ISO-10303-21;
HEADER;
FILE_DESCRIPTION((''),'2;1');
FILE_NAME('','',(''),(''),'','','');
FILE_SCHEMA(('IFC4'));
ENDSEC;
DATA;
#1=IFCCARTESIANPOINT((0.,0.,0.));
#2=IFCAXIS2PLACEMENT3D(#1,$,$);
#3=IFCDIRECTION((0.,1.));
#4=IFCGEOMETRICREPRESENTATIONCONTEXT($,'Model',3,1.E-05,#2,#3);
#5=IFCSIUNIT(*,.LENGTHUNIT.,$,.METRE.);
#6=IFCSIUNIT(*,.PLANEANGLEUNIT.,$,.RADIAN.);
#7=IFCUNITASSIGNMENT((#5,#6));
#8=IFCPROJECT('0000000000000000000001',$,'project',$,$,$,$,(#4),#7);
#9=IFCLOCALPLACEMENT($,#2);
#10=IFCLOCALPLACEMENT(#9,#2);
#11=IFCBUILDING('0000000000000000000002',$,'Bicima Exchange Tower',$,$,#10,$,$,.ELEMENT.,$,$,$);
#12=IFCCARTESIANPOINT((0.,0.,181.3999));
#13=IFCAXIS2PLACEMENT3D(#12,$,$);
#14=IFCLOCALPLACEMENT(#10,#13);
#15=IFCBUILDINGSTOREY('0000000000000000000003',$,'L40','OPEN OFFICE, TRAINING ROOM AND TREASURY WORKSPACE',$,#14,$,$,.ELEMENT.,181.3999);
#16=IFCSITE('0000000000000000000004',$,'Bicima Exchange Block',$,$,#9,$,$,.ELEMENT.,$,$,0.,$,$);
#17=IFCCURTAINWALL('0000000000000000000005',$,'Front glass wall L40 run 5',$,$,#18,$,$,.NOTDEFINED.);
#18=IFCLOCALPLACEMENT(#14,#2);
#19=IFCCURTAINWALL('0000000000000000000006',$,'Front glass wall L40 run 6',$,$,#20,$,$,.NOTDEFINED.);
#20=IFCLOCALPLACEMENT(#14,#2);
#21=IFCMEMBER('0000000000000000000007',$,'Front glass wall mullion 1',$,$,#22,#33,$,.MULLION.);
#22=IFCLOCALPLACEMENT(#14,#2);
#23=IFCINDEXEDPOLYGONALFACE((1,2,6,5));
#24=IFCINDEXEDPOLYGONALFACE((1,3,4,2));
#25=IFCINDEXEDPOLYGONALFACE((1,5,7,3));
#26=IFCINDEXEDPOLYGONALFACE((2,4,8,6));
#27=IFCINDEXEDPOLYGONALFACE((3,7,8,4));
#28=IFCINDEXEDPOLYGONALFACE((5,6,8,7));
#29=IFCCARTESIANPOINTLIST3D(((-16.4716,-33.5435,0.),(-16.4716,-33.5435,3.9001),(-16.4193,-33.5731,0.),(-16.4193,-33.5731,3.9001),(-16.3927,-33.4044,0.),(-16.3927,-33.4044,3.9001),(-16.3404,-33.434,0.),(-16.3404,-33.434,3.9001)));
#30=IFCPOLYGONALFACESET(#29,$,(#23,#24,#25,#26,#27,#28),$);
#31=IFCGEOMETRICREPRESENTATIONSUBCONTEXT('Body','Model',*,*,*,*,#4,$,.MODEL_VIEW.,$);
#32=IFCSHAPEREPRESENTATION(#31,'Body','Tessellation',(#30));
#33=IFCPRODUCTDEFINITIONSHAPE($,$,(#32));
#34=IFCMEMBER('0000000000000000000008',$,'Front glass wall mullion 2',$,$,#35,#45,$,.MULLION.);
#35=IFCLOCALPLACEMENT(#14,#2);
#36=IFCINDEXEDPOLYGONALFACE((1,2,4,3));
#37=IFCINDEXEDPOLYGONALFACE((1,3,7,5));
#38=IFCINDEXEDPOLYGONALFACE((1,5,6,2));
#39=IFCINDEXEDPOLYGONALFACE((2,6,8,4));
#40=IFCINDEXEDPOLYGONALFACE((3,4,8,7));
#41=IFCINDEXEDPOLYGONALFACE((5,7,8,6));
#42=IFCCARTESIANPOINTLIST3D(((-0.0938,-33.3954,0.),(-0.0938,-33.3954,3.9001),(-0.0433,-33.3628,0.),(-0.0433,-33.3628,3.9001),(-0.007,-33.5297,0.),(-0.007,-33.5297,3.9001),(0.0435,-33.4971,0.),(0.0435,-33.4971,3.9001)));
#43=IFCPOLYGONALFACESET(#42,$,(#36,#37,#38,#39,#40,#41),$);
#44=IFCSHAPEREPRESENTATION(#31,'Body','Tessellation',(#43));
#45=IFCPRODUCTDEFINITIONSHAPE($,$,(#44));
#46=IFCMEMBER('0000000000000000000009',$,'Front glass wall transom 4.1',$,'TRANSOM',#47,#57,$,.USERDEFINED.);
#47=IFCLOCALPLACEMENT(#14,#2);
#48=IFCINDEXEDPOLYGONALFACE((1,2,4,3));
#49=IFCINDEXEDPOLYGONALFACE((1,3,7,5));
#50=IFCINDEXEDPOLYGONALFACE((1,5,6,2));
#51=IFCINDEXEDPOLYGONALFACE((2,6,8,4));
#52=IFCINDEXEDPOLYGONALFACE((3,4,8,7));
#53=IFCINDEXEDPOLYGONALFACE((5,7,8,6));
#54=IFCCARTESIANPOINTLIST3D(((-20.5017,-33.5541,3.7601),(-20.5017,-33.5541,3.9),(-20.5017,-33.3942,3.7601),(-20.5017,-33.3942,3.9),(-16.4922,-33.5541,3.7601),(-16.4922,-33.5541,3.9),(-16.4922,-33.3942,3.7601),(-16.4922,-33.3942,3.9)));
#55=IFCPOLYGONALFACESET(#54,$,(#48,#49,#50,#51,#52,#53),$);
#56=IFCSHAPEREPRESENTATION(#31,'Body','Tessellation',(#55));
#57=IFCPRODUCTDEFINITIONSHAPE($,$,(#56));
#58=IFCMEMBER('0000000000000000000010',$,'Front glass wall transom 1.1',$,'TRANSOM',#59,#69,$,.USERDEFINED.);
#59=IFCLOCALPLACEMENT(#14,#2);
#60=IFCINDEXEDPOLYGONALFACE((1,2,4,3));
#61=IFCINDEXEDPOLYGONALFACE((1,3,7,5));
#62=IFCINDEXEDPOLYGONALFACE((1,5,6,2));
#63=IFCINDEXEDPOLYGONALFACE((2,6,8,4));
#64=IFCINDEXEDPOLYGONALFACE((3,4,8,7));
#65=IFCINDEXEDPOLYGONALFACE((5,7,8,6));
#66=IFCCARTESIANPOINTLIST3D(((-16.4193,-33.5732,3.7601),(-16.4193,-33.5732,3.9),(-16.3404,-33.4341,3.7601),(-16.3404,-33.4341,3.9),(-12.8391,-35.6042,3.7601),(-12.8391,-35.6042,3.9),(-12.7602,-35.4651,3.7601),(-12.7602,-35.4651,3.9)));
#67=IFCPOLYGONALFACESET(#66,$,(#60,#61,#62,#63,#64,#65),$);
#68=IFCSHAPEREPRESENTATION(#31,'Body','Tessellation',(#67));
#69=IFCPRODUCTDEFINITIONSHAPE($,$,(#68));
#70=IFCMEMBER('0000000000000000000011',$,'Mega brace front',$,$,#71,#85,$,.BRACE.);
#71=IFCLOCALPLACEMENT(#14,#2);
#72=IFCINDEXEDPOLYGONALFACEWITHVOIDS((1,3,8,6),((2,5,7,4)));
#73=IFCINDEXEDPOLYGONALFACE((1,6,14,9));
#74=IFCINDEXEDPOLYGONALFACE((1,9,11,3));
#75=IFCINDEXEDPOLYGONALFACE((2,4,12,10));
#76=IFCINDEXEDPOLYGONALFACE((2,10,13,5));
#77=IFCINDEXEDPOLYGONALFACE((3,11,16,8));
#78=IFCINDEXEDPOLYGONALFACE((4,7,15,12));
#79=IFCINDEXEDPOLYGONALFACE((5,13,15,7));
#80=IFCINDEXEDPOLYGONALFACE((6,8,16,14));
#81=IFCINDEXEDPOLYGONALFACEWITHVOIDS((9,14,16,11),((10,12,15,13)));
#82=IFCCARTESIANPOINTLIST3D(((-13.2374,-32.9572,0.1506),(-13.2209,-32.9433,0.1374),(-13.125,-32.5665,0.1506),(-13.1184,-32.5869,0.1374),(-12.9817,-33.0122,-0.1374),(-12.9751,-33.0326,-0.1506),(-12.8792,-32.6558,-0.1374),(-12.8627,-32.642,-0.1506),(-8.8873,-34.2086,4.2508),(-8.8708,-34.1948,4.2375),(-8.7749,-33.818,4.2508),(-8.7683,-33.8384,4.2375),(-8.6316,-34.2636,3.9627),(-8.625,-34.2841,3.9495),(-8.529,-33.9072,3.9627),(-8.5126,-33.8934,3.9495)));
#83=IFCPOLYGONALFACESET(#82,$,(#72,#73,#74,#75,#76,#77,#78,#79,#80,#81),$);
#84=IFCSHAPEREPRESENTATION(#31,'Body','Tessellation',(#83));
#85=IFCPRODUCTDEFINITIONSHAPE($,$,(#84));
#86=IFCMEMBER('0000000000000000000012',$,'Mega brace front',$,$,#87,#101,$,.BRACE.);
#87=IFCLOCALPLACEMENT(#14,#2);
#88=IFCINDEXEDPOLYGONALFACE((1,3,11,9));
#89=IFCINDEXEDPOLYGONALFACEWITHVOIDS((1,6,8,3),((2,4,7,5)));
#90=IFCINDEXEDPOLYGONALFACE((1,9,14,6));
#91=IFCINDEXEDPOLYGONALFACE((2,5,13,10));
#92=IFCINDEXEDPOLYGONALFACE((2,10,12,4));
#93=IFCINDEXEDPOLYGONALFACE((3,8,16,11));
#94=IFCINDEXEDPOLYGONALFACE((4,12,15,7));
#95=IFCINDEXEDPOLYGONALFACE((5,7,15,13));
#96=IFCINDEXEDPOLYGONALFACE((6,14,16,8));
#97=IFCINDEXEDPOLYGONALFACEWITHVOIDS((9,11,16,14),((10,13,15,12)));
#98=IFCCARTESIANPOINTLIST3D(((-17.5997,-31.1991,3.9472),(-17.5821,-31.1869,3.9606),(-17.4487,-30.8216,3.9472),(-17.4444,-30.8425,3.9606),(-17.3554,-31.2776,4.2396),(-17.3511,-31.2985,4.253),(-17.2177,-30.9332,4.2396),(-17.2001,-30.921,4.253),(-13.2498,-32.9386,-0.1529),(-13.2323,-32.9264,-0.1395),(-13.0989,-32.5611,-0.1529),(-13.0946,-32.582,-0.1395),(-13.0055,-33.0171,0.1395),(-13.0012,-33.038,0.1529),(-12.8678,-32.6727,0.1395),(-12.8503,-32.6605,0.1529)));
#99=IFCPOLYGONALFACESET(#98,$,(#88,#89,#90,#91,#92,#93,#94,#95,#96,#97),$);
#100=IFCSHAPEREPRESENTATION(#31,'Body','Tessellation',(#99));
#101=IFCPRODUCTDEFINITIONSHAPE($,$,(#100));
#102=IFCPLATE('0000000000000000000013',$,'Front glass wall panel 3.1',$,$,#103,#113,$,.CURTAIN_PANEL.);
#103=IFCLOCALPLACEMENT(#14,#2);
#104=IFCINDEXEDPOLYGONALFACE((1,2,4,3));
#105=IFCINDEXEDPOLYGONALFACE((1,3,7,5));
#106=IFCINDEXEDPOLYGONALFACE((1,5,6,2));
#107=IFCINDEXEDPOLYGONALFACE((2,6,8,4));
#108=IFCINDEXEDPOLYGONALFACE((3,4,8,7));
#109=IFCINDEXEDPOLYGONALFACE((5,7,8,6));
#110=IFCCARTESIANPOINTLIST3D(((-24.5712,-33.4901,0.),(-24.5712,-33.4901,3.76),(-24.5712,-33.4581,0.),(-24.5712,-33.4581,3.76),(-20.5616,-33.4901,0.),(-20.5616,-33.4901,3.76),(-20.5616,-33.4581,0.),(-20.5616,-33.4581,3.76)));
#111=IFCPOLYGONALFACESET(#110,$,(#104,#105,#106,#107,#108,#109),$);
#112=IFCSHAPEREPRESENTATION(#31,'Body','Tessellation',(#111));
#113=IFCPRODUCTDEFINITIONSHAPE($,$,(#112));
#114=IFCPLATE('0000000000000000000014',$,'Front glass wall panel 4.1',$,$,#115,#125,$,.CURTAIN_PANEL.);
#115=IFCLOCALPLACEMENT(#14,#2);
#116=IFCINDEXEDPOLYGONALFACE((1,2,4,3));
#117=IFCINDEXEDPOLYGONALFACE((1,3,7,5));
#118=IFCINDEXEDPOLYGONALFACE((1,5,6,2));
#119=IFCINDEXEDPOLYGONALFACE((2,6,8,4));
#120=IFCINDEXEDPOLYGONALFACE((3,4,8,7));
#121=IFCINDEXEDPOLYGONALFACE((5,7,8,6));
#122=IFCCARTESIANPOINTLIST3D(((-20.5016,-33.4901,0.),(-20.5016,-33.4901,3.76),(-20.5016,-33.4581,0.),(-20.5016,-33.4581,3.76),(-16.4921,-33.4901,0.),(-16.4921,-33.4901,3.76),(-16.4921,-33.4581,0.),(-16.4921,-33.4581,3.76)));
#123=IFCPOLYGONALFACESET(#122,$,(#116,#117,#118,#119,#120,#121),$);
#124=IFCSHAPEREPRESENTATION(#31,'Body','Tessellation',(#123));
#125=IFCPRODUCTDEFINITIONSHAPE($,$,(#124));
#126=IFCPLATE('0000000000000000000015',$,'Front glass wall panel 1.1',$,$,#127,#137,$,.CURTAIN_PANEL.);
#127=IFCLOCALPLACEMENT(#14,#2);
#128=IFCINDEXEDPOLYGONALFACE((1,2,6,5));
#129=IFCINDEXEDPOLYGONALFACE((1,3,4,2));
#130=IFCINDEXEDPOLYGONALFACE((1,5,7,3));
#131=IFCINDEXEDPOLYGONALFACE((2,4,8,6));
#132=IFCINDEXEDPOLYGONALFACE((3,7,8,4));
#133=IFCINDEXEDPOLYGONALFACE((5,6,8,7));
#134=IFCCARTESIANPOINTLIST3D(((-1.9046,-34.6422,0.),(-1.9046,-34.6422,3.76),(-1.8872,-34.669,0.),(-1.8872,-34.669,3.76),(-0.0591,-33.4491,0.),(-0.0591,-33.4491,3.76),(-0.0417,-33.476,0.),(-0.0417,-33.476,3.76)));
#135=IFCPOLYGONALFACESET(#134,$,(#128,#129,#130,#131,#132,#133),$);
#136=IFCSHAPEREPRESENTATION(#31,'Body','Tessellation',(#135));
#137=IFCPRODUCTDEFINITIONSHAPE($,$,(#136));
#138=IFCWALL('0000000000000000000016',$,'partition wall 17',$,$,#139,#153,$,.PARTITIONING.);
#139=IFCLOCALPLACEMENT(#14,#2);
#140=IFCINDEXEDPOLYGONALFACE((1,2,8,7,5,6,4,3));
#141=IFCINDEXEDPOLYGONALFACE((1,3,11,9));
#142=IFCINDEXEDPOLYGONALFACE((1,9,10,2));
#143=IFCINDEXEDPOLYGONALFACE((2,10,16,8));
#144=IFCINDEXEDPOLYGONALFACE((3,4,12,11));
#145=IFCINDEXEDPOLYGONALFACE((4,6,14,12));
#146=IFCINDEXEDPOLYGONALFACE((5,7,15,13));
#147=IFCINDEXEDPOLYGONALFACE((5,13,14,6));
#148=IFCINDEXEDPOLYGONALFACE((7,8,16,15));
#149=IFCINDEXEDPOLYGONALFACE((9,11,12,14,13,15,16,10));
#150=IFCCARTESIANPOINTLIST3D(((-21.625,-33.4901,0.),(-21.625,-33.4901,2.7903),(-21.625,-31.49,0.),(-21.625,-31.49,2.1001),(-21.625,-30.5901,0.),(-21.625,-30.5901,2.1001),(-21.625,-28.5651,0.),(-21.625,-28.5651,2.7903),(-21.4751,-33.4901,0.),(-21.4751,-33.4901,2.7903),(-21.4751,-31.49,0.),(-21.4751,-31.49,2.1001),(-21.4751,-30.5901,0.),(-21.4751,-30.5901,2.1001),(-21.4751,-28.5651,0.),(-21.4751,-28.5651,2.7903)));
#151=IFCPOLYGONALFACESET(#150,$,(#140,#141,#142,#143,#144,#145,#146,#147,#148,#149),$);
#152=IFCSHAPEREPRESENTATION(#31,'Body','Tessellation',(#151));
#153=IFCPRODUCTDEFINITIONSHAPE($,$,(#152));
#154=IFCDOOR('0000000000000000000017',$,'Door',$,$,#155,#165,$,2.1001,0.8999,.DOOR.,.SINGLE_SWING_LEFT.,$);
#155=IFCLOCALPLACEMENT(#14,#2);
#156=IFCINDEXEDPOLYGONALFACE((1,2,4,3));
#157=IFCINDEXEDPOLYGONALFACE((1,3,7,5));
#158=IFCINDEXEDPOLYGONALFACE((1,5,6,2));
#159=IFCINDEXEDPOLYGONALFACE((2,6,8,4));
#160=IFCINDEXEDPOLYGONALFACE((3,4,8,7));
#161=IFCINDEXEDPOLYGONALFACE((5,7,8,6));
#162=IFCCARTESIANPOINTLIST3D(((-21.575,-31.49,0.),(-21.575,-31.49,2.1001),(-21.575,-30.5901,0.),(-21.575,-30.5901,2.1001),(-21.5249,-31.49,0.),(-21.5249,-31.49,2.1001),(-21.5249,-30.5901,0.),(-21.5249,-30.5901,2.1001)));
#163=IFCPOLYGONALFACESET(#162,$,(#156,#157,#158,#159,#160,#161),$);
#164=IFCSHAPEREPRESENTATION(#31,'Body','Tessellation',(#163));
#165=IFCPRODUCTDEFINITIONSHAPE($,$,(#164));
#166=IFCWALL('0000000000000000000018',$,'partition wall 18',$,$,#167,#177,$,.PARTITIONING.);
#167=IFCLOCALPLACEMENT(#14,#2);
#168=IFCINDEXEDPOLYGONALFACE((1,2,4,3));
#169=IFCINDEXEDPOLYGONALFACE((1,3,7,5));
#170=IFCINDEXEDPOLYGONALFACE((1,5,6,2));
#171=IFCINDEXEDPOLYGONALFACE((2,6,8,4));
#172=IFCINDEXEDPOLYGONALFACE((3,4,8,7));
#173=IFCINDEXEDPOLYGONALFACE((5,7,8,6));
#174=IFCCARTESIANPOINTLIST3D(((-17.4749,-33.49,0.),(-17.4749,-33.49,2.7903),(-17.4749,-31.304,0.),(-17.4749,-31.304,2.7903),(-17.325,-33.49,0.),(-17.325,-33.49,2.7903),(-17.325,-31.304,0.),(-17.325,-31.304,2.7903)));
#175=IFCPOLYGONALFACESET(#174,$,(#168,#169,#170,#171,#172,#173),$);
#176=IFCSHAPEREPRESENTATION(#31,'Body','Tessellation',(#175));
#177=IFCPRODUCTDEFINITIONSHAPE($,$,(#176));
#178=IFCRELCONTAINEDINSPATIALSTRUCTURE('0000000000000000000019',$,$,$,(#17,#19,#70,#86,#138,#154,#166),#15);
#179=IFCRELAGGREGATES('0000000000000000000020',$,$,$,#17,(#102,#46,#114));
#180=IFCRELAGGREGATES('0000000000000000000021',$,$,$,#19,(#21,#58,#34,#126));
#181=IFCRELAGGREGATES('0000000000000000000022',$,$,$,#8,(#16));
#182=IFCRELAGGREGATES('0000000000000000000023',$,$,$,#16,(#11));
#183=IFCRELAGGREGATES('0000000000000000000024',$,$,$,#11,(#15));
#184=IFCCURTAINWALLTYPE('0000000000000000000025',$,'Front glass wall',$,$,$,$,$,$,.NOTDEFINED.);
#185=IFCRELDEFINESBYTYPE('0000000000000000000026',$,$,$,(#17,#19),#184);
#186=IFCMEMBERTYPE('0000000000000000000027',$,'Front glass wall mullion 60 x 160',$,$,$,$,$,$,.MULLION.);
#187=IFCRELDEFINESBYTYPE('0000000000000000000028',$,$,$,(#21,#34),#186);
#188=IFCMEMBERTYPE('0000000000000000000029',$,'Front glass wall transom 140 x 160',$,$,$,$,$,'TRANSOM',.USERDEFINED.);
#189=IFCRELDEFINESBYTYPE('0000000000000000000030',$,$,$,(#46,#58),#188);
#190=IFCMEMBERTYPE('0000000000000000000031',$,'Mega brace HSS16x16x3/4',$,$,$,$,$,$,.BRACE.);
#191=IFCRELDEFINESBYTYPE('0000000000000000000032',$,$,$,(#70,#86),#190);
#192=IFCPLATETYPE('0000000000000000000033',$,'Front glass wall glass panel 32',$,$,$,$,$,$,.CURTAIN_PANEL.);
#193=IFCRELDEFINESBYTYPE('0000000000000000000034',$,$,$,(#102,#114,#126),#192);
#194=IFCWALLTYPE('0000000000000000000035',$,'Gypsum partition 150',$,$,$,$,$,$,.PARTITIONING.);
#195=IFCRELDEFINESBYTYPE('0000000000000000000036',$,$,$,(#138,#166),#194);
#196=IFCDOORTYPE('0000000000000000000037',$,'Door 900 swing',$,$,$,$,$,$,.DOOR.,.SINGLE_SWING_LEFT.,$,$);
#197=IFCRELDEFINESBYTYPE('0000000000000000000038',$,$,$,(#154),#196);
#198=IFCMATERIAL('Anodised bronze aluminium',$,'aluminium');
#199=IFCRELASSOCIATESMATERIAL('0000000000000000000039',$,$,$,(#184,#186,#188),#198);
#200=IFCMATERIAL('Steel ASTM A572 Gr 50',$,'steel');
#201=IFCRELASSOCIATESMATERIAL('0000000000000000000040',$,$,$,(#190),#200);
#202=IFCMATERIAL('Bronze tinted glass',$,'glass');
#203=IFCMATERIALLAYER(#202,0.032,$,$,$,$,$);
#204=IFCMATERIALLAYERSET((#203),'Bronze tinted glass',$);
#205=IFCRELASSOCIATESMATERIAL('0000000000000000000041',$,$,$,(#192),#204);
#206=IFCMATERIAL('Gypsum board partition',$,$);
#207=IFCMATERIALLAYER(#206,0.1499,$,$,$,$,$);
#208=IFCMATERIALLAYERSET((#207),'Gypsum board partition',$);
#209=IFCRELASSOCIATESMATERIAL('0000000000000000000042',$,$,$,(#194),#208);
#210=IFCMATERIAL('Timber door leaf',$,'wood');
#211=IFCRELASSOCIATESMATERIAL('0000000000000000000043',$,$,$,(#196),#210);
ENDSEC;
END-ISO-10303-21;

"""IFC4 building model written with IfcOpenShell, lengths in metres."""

from ifc_helpers import new_model, si_unit, direction, frame, frame_2d, origin, origin_2d, place, context, subcontext, project, spatial, rectangle, hollow_rectangle, extrude, material, layer, layer_set, material_profile, profile_set, type_object, element, fill, aggregate, save


model = new_model("IFC4")

# Units and contexts
model_context = context("Model", 3, precision=1e-05, world=origin(), true_north=direction((0.0, 1.0)))
body_context = subcontext(model_context, "Body", "Model", "MODEL_VIEW")
ifc_project = project(units=[si_unit("LENGTHUNIT", "METRE"), si_unit("PLANEANGLEUNIT", "RADIAN")], contexts=[model_context])

# Site, building, storey
site_placement = place(None, origin())
site = spatial("IfcSite", under=ifc_project, at=site_placement, Name="Bicima Exchange Block", CompositionType="ELEMENT", RefElevation=0.0)
building_placement = place(site_placement, origin())
building = spatial("IfcBuilding", under=site, at=building_placement, Name="Bicima Exchange Tower", CompositionType="ELEMENT")
storey_placement = place(building_placement, frame((0.0, 0.0, 181.3999)))
storey = spatial("IfcBuildingStorey", under=building, at=storey_placement, Name="L40", Description="OPEN OFFICE, TRAINING ROOM AND TREASURY WORKSPACE", CompositionType="ELEMENT", Elevation=181.3999)

# Curtain walls, members
ifc_material_1 = material(Name="Anodised bronze aluminium", Category="aluminium")
curtain_wall_type = type_object("IfcCurtainWallType", Name="Front glass wall", PredefinedType="NOTDEFINED", material=ifc_material_1)
curtain_wall_1_placement = place(storey_placement, origin())
curtain_wall_1 = element("IfcCurtainWall", 1, at=curtain_wall_1_placement, inside=storey, type_object=curtain_wall_type, Name="Front glass wall L40 run 5", PredefinedType="NOTDEFINED")
ifc_material_profile_1 = material_profile(ifc_material_1, rectangle(XDim=0.1599, YDim=0.0601, at=origin_2d()))
ifc_profile_set_1 = profile_set([ifc_material_profile_1], Name="Anodised bronze aluminium")
member_type_1 = type_object("IfcMemberType", Name="Front glass wall mullion 60 x 160", PredefinedType="MULLION", material=ifc_profile_set_1)
curtain_wall_2_placement = place(storey_placement, origin())
curtain_wall_2 = element("IfcCurtainWall", 2, at=curtain_wall_2_placement, inside=storey, type_object=curtain_wall_type, Name="Front glass wall L40 run 6", PredefinedType="NOTDEFINED")
member_1_placement = place(storey_placement, frame((-16.406, -33.4888, 0.0), z_axis=(0.0, 0.0, 1.0), x_axis=(0.493395, 0.869805, 0.0)))
member_1 = element("IfcMember", 3, at=member_1_placement, type_object=member_type_1, Name="Front glass wall mullion 1", PredefinedType="MULLION", context=body_context, shape_type="SweptSolid", body=[
    extrude(rectangle(XDim=0.1599, YDim=0.0601, at=origin_2d()), origin(), (0.0, 0.0, 1.0), 3.9001),
])
member_2_placement = place(storey_placement, frame((-0.0251, -33.4463, 0.0), z_axis=(0.0, 0.0, 1.0), x_axis=(-0.542897, 0.839799, 0.0)))
member_2 = element("IfcMember", 4, at=member_2_placement, type_object=member_type_1, Name="Front glass wall mullion 2", PredefinedType="MULLION", context=body_context, shape_type="SweptSolid", body=[
    extrude(rectangle(XDim=0.1599, YDim=0.0601, at=origin_2d()), origin(), (0.0, 0.0, 1.0), 3.9001),
])

# Members
ifc_material_profile_2 = material_profile(ifc_material_1, rectangle(XDim=0.1599, YDim=0.1399, at=origin_2d()))
ifc_profile_set_2 = profile_set([ifc_material_profile_2], Name="Anodised bronze aluminium")
member_type_2 = type_object("IfcMemberType", Name="Front glass wall transom 140 x 160", ElementType="TRANSOM", PredefinedType="USERDEFINED", material=ifc_profile_set_2)
member_3_placement = place(storey_placement, frame((-20.5017, -33.4741, 3.8301), z_axis=(1.0, 0.0, 0.0), x_axis=(0.0, 1.0, 0.0)))
member_3 = element("IfcMember", 5, at=member_3_placement, type_object=member_type_2, Name="Front glass wall transom 4.1", ObjectType="TRANSOM", PredefinedType="USERDEFINED", context=body_context, shape_type="SweptSolid", body=[
    extrude(rectangle(XDim=0.1599, YDim=0.1399, at=origin_2d()), origin(), (0.0, 0.0, 1.0), 4.0095),
])
member_4_placement = place(storey_placement, frame((-16.3799, -33.5037, 3.8301), z_axis=(0.869797, -0.493409, 0.0), x_axis=(0.493409, 0.869797, 0.0)))
member_4 = element("IfcMember", 6, at=member_4_placement, type_object=member_type_2, Name="Front glass wall transom 1.1", ObjectType="TRANSOM", PredefinedType="USERDEFINED", context=body_context, shape_type="SweptSolid", body=[
    extrude(rectangle(XDim=0.1599, YDim=0.1399, at=origin_2d()), origin(), (0.0, 0.0, 1.0), 4.1162),
])

# Members
ifc_material_2 = material(Name="Steel ASTM A572 Gr 50", Category="steel")
ifc_material_profile_3 = material_profile(ifc_material_2, hollow_rectangle(XDim=0.4065, YDim=0.4065, WallThickness=0.0178, at=origin_2d()))
ifc_profile_set_3 = profile_set([ifc_material_profile_3], Name="Steel ASTM A572 Gr 50")
member_type_3 = type_object("IfcMemberType", Name="Mega brace HSS16x16x3/4", PredefinedType="BRACE", material=ifc_profile_set_3)
member_5_placement = place(storey_placement, frame((-13.05, -32.7996, 0.0), z_axis=(0.712267, -0.20491, 0.671333), x_axis=(0.276473, 0.961022, 0.0)))
element("IfcMember", 7, at=member_5_placement, inside=storey, type_object=member_type_3, Name="Mega brace front", PredefinedType="BRACE", context=body_context, shape_type="SweptSolid", body=[
    extrude(hollow_rectangle(XDim=0.4065, YDim=0.4065, WallThickness=0.0178, at=origin_2d()), origin(), (0.0, 0.0, 1.0), 6.1074),
])
member_6_placement = place(storey_placement, frame((-13.05, -32.7996, 0.0), z_axis=(-0.698706, 0.279412, 0.658588), x_axis=(-0.37131, -0.928509, 0.0)))
element("IfcMember", 8, at=member_6_placement, inside=storey, type_object=member_type_3, Name="Mega brace front", PredefinedType="BRACE", context=body_context, shape_type="SweptSolid", body=[
    extrude(hollow_rectangle(XDim=0.4065, YDim=0.4065, WallThickness=0.0178, at=origin_2d()), origin(), (0.0, 0.0, 1.0), 6.2256),
])

# Plates
ifc_material_3 = material(Name="Bronze tinted glass", Category="glass")
ifc_layer_1 = layer(ifc_material_3, 0.032)
ifc_layer_set_1 = layer_set([ifc_layer_1], Name="Bronze tinted glass")
plate_type = type_object("IfcPlateType", Name="Front glass wall glass panel 32", PredefinedType="CURTAIN_PANEL", material=ifc_layer_set_1)
plate_1_placement = place(storey_placement, frame((-22.5664, -33.4741, 0.0), z_axis=(0.0, 0.0, 1.0), x_axis=(1.0, 0.0, 0.0)))
plate_1 = element("IfcPlate", 9, at=plate_1_placement, type_object=plate_type, Name="Front glass wall panel 3.1", PredefinedType="CURTAIN_PANEL", context=body_context, shape_type="SweptSolid", body=[
    extrude(rectangle(XDim=4.0095, YDim=0.032, at=origin_2d()), origin(), (0.0, 0.0, 1.0), 3.76),
])
plate_2_placement = place(storey_placement, frame((-18.4968, -33.4741, 0.0), z_axis=(0.0, 0.0, 1.0), x_axis=(1.0, 0.0, 0.0)))
plate_2 = element("IfcPlate", 10, at=plate_2_placement, type_object=plate_type, Name="Front glass wall panel 4.1", PredefinedType="CURTAIN_PANEL", context=body_context, shape_type="SweptSolid", body=[
    extrude(rectangle(XDim=4.0095, YDim=0.032, at=origin_2d()), origin(), (0.0, 0.0, 1.0), 3.76),
])
aggregate(curtain_wall_1, [plate_1, member_3, plate_2])
plate_3_placement = place(storey_placement, frame((-0.9731, -34.0591, 0.0), z_axis=(0.0, 0.0, 1.0), x_axis=(0.839799, 0.542897, 0.0)))
plate_3 = element("IfcPlate", 11, at=plate_3_placement, type_object=plate_type, Name="Front glass wall panel 1.1", PredefinedType="CURTAIN_PANEL", context=body_context, shape_type="SweptSolid", body=[
    extrude(rectangle(XDim=2.1975, YDim=0.032, at=origin_2d()), origin(), (0.0, 0.0, 1.0), 3.76),
])
aggregate(curtain_wall_2, [member_1, member_4, member_2, plate_3])

# Wall, opening, door
ifc_material_4 = material(Name="Gypsum board partition")
ifc_layer_2 = layer(ifc_material_4, 0.1499)
ifc_layer_set_2 = layer_set([ifc_layer_2], Name="Gypsum board partition")
wall_type = type_object("IfcWallType", Name="Gypsum partition 150", PredefinedType="PARTITIONING", material=ifc_layer_set_2)
wall_1_placement = place(storey_placement, frame((-21.55, -33.49, 0.0), z_axis=(0.0, 0.0, 1.0), x_axis=(0.0, 1.0, 0.0)))
wall_1 = element("IfcWall", 12, at=wall_1_placement, inside=storey, type_object=wall_type, Name="partition wall 17", PredefinedType="PARTITIONING", context=body_context, shape_type="SweptSolid", body=[
    extrude(rectangle(XDim=4.925, YDim=0.1499, at=frame_2d((2.4624, 0.0))), origin(), (0.0, 0.0, 1.0), 2.7903),
])
opening_placement = place(wall_1_placement, frame((2.0, 0.0, 0.0)))
opening = element("IfcOpeningElement", 13, at=opening_placement, cuts=wall_1, PredefinedType="OPENING", context=body_context, shape_type="SweptSolid", body=[
    extrude(rectangle(XDim=0.8999, YDim=2.1001, at=frame_2d((0.45, 1.05))), frame((0.0, 0.0869, 0.0), z_axis=(0.0, -1.0, 0.0), x_axis=(1.0, 0.0, 0.0)), (0.0, 0.0, 1.0), 0.1738),
])
ifc_material_5 = material(Name="Timber door leaf", Category="wood")
door_type = type_object("IfcDoorType", Name="Door 900 swing", OperationType="SINGLE_SWING_LEFT", PredefinedType="DOOR", material=ifc_material_5)
door_placement = place(opening_placement, origin())
door = element("IfcDoor", 14, at=door_placement, inside=storey, type_object=door_type, Name="Door", OperationType="SINGLE_SWING_LEFT", OverallHeight=2.1001, OverallWidth=0.8999, PredefinedType="DOOR", context=body_context, shape_type="SweptSolid", body=[
    extrude(rectangle(XDim=0.8999, YDim=2.1001, at=frame_2d((0.45, 1.05))), frame((0.0, 0.0249, 0.0), z_axis=(0.0, -1.0, 0.0), x_axis=(1.0, 0.0, 0.0)), (0.0, 0.0, 1.0), 0.05),
])
fill(opening, door)

# Wall
wall_2_placement = place(storey_placement, frame((-17.3999, -33.49, 0.0), z_axis=(0.0, 0.0, 1.0), x_axis=(0.0, 1.0, 0.0)))
element("IfcWall", 15, at=wall_2_placement, inside=storey, type_object=wall_type, Name="partition wall 18", PredefinedType="PARTITIONING", context=body_context, shape_type="SweptSolid", body=[
    extrude(rectangle(XDim=2.186, YDim=0.1499, at=frame_2d((1.093, 0.0))), origin(), (0.0, 0.0, 1.0), 2.7903),
])

save(model, "model.ifc")
